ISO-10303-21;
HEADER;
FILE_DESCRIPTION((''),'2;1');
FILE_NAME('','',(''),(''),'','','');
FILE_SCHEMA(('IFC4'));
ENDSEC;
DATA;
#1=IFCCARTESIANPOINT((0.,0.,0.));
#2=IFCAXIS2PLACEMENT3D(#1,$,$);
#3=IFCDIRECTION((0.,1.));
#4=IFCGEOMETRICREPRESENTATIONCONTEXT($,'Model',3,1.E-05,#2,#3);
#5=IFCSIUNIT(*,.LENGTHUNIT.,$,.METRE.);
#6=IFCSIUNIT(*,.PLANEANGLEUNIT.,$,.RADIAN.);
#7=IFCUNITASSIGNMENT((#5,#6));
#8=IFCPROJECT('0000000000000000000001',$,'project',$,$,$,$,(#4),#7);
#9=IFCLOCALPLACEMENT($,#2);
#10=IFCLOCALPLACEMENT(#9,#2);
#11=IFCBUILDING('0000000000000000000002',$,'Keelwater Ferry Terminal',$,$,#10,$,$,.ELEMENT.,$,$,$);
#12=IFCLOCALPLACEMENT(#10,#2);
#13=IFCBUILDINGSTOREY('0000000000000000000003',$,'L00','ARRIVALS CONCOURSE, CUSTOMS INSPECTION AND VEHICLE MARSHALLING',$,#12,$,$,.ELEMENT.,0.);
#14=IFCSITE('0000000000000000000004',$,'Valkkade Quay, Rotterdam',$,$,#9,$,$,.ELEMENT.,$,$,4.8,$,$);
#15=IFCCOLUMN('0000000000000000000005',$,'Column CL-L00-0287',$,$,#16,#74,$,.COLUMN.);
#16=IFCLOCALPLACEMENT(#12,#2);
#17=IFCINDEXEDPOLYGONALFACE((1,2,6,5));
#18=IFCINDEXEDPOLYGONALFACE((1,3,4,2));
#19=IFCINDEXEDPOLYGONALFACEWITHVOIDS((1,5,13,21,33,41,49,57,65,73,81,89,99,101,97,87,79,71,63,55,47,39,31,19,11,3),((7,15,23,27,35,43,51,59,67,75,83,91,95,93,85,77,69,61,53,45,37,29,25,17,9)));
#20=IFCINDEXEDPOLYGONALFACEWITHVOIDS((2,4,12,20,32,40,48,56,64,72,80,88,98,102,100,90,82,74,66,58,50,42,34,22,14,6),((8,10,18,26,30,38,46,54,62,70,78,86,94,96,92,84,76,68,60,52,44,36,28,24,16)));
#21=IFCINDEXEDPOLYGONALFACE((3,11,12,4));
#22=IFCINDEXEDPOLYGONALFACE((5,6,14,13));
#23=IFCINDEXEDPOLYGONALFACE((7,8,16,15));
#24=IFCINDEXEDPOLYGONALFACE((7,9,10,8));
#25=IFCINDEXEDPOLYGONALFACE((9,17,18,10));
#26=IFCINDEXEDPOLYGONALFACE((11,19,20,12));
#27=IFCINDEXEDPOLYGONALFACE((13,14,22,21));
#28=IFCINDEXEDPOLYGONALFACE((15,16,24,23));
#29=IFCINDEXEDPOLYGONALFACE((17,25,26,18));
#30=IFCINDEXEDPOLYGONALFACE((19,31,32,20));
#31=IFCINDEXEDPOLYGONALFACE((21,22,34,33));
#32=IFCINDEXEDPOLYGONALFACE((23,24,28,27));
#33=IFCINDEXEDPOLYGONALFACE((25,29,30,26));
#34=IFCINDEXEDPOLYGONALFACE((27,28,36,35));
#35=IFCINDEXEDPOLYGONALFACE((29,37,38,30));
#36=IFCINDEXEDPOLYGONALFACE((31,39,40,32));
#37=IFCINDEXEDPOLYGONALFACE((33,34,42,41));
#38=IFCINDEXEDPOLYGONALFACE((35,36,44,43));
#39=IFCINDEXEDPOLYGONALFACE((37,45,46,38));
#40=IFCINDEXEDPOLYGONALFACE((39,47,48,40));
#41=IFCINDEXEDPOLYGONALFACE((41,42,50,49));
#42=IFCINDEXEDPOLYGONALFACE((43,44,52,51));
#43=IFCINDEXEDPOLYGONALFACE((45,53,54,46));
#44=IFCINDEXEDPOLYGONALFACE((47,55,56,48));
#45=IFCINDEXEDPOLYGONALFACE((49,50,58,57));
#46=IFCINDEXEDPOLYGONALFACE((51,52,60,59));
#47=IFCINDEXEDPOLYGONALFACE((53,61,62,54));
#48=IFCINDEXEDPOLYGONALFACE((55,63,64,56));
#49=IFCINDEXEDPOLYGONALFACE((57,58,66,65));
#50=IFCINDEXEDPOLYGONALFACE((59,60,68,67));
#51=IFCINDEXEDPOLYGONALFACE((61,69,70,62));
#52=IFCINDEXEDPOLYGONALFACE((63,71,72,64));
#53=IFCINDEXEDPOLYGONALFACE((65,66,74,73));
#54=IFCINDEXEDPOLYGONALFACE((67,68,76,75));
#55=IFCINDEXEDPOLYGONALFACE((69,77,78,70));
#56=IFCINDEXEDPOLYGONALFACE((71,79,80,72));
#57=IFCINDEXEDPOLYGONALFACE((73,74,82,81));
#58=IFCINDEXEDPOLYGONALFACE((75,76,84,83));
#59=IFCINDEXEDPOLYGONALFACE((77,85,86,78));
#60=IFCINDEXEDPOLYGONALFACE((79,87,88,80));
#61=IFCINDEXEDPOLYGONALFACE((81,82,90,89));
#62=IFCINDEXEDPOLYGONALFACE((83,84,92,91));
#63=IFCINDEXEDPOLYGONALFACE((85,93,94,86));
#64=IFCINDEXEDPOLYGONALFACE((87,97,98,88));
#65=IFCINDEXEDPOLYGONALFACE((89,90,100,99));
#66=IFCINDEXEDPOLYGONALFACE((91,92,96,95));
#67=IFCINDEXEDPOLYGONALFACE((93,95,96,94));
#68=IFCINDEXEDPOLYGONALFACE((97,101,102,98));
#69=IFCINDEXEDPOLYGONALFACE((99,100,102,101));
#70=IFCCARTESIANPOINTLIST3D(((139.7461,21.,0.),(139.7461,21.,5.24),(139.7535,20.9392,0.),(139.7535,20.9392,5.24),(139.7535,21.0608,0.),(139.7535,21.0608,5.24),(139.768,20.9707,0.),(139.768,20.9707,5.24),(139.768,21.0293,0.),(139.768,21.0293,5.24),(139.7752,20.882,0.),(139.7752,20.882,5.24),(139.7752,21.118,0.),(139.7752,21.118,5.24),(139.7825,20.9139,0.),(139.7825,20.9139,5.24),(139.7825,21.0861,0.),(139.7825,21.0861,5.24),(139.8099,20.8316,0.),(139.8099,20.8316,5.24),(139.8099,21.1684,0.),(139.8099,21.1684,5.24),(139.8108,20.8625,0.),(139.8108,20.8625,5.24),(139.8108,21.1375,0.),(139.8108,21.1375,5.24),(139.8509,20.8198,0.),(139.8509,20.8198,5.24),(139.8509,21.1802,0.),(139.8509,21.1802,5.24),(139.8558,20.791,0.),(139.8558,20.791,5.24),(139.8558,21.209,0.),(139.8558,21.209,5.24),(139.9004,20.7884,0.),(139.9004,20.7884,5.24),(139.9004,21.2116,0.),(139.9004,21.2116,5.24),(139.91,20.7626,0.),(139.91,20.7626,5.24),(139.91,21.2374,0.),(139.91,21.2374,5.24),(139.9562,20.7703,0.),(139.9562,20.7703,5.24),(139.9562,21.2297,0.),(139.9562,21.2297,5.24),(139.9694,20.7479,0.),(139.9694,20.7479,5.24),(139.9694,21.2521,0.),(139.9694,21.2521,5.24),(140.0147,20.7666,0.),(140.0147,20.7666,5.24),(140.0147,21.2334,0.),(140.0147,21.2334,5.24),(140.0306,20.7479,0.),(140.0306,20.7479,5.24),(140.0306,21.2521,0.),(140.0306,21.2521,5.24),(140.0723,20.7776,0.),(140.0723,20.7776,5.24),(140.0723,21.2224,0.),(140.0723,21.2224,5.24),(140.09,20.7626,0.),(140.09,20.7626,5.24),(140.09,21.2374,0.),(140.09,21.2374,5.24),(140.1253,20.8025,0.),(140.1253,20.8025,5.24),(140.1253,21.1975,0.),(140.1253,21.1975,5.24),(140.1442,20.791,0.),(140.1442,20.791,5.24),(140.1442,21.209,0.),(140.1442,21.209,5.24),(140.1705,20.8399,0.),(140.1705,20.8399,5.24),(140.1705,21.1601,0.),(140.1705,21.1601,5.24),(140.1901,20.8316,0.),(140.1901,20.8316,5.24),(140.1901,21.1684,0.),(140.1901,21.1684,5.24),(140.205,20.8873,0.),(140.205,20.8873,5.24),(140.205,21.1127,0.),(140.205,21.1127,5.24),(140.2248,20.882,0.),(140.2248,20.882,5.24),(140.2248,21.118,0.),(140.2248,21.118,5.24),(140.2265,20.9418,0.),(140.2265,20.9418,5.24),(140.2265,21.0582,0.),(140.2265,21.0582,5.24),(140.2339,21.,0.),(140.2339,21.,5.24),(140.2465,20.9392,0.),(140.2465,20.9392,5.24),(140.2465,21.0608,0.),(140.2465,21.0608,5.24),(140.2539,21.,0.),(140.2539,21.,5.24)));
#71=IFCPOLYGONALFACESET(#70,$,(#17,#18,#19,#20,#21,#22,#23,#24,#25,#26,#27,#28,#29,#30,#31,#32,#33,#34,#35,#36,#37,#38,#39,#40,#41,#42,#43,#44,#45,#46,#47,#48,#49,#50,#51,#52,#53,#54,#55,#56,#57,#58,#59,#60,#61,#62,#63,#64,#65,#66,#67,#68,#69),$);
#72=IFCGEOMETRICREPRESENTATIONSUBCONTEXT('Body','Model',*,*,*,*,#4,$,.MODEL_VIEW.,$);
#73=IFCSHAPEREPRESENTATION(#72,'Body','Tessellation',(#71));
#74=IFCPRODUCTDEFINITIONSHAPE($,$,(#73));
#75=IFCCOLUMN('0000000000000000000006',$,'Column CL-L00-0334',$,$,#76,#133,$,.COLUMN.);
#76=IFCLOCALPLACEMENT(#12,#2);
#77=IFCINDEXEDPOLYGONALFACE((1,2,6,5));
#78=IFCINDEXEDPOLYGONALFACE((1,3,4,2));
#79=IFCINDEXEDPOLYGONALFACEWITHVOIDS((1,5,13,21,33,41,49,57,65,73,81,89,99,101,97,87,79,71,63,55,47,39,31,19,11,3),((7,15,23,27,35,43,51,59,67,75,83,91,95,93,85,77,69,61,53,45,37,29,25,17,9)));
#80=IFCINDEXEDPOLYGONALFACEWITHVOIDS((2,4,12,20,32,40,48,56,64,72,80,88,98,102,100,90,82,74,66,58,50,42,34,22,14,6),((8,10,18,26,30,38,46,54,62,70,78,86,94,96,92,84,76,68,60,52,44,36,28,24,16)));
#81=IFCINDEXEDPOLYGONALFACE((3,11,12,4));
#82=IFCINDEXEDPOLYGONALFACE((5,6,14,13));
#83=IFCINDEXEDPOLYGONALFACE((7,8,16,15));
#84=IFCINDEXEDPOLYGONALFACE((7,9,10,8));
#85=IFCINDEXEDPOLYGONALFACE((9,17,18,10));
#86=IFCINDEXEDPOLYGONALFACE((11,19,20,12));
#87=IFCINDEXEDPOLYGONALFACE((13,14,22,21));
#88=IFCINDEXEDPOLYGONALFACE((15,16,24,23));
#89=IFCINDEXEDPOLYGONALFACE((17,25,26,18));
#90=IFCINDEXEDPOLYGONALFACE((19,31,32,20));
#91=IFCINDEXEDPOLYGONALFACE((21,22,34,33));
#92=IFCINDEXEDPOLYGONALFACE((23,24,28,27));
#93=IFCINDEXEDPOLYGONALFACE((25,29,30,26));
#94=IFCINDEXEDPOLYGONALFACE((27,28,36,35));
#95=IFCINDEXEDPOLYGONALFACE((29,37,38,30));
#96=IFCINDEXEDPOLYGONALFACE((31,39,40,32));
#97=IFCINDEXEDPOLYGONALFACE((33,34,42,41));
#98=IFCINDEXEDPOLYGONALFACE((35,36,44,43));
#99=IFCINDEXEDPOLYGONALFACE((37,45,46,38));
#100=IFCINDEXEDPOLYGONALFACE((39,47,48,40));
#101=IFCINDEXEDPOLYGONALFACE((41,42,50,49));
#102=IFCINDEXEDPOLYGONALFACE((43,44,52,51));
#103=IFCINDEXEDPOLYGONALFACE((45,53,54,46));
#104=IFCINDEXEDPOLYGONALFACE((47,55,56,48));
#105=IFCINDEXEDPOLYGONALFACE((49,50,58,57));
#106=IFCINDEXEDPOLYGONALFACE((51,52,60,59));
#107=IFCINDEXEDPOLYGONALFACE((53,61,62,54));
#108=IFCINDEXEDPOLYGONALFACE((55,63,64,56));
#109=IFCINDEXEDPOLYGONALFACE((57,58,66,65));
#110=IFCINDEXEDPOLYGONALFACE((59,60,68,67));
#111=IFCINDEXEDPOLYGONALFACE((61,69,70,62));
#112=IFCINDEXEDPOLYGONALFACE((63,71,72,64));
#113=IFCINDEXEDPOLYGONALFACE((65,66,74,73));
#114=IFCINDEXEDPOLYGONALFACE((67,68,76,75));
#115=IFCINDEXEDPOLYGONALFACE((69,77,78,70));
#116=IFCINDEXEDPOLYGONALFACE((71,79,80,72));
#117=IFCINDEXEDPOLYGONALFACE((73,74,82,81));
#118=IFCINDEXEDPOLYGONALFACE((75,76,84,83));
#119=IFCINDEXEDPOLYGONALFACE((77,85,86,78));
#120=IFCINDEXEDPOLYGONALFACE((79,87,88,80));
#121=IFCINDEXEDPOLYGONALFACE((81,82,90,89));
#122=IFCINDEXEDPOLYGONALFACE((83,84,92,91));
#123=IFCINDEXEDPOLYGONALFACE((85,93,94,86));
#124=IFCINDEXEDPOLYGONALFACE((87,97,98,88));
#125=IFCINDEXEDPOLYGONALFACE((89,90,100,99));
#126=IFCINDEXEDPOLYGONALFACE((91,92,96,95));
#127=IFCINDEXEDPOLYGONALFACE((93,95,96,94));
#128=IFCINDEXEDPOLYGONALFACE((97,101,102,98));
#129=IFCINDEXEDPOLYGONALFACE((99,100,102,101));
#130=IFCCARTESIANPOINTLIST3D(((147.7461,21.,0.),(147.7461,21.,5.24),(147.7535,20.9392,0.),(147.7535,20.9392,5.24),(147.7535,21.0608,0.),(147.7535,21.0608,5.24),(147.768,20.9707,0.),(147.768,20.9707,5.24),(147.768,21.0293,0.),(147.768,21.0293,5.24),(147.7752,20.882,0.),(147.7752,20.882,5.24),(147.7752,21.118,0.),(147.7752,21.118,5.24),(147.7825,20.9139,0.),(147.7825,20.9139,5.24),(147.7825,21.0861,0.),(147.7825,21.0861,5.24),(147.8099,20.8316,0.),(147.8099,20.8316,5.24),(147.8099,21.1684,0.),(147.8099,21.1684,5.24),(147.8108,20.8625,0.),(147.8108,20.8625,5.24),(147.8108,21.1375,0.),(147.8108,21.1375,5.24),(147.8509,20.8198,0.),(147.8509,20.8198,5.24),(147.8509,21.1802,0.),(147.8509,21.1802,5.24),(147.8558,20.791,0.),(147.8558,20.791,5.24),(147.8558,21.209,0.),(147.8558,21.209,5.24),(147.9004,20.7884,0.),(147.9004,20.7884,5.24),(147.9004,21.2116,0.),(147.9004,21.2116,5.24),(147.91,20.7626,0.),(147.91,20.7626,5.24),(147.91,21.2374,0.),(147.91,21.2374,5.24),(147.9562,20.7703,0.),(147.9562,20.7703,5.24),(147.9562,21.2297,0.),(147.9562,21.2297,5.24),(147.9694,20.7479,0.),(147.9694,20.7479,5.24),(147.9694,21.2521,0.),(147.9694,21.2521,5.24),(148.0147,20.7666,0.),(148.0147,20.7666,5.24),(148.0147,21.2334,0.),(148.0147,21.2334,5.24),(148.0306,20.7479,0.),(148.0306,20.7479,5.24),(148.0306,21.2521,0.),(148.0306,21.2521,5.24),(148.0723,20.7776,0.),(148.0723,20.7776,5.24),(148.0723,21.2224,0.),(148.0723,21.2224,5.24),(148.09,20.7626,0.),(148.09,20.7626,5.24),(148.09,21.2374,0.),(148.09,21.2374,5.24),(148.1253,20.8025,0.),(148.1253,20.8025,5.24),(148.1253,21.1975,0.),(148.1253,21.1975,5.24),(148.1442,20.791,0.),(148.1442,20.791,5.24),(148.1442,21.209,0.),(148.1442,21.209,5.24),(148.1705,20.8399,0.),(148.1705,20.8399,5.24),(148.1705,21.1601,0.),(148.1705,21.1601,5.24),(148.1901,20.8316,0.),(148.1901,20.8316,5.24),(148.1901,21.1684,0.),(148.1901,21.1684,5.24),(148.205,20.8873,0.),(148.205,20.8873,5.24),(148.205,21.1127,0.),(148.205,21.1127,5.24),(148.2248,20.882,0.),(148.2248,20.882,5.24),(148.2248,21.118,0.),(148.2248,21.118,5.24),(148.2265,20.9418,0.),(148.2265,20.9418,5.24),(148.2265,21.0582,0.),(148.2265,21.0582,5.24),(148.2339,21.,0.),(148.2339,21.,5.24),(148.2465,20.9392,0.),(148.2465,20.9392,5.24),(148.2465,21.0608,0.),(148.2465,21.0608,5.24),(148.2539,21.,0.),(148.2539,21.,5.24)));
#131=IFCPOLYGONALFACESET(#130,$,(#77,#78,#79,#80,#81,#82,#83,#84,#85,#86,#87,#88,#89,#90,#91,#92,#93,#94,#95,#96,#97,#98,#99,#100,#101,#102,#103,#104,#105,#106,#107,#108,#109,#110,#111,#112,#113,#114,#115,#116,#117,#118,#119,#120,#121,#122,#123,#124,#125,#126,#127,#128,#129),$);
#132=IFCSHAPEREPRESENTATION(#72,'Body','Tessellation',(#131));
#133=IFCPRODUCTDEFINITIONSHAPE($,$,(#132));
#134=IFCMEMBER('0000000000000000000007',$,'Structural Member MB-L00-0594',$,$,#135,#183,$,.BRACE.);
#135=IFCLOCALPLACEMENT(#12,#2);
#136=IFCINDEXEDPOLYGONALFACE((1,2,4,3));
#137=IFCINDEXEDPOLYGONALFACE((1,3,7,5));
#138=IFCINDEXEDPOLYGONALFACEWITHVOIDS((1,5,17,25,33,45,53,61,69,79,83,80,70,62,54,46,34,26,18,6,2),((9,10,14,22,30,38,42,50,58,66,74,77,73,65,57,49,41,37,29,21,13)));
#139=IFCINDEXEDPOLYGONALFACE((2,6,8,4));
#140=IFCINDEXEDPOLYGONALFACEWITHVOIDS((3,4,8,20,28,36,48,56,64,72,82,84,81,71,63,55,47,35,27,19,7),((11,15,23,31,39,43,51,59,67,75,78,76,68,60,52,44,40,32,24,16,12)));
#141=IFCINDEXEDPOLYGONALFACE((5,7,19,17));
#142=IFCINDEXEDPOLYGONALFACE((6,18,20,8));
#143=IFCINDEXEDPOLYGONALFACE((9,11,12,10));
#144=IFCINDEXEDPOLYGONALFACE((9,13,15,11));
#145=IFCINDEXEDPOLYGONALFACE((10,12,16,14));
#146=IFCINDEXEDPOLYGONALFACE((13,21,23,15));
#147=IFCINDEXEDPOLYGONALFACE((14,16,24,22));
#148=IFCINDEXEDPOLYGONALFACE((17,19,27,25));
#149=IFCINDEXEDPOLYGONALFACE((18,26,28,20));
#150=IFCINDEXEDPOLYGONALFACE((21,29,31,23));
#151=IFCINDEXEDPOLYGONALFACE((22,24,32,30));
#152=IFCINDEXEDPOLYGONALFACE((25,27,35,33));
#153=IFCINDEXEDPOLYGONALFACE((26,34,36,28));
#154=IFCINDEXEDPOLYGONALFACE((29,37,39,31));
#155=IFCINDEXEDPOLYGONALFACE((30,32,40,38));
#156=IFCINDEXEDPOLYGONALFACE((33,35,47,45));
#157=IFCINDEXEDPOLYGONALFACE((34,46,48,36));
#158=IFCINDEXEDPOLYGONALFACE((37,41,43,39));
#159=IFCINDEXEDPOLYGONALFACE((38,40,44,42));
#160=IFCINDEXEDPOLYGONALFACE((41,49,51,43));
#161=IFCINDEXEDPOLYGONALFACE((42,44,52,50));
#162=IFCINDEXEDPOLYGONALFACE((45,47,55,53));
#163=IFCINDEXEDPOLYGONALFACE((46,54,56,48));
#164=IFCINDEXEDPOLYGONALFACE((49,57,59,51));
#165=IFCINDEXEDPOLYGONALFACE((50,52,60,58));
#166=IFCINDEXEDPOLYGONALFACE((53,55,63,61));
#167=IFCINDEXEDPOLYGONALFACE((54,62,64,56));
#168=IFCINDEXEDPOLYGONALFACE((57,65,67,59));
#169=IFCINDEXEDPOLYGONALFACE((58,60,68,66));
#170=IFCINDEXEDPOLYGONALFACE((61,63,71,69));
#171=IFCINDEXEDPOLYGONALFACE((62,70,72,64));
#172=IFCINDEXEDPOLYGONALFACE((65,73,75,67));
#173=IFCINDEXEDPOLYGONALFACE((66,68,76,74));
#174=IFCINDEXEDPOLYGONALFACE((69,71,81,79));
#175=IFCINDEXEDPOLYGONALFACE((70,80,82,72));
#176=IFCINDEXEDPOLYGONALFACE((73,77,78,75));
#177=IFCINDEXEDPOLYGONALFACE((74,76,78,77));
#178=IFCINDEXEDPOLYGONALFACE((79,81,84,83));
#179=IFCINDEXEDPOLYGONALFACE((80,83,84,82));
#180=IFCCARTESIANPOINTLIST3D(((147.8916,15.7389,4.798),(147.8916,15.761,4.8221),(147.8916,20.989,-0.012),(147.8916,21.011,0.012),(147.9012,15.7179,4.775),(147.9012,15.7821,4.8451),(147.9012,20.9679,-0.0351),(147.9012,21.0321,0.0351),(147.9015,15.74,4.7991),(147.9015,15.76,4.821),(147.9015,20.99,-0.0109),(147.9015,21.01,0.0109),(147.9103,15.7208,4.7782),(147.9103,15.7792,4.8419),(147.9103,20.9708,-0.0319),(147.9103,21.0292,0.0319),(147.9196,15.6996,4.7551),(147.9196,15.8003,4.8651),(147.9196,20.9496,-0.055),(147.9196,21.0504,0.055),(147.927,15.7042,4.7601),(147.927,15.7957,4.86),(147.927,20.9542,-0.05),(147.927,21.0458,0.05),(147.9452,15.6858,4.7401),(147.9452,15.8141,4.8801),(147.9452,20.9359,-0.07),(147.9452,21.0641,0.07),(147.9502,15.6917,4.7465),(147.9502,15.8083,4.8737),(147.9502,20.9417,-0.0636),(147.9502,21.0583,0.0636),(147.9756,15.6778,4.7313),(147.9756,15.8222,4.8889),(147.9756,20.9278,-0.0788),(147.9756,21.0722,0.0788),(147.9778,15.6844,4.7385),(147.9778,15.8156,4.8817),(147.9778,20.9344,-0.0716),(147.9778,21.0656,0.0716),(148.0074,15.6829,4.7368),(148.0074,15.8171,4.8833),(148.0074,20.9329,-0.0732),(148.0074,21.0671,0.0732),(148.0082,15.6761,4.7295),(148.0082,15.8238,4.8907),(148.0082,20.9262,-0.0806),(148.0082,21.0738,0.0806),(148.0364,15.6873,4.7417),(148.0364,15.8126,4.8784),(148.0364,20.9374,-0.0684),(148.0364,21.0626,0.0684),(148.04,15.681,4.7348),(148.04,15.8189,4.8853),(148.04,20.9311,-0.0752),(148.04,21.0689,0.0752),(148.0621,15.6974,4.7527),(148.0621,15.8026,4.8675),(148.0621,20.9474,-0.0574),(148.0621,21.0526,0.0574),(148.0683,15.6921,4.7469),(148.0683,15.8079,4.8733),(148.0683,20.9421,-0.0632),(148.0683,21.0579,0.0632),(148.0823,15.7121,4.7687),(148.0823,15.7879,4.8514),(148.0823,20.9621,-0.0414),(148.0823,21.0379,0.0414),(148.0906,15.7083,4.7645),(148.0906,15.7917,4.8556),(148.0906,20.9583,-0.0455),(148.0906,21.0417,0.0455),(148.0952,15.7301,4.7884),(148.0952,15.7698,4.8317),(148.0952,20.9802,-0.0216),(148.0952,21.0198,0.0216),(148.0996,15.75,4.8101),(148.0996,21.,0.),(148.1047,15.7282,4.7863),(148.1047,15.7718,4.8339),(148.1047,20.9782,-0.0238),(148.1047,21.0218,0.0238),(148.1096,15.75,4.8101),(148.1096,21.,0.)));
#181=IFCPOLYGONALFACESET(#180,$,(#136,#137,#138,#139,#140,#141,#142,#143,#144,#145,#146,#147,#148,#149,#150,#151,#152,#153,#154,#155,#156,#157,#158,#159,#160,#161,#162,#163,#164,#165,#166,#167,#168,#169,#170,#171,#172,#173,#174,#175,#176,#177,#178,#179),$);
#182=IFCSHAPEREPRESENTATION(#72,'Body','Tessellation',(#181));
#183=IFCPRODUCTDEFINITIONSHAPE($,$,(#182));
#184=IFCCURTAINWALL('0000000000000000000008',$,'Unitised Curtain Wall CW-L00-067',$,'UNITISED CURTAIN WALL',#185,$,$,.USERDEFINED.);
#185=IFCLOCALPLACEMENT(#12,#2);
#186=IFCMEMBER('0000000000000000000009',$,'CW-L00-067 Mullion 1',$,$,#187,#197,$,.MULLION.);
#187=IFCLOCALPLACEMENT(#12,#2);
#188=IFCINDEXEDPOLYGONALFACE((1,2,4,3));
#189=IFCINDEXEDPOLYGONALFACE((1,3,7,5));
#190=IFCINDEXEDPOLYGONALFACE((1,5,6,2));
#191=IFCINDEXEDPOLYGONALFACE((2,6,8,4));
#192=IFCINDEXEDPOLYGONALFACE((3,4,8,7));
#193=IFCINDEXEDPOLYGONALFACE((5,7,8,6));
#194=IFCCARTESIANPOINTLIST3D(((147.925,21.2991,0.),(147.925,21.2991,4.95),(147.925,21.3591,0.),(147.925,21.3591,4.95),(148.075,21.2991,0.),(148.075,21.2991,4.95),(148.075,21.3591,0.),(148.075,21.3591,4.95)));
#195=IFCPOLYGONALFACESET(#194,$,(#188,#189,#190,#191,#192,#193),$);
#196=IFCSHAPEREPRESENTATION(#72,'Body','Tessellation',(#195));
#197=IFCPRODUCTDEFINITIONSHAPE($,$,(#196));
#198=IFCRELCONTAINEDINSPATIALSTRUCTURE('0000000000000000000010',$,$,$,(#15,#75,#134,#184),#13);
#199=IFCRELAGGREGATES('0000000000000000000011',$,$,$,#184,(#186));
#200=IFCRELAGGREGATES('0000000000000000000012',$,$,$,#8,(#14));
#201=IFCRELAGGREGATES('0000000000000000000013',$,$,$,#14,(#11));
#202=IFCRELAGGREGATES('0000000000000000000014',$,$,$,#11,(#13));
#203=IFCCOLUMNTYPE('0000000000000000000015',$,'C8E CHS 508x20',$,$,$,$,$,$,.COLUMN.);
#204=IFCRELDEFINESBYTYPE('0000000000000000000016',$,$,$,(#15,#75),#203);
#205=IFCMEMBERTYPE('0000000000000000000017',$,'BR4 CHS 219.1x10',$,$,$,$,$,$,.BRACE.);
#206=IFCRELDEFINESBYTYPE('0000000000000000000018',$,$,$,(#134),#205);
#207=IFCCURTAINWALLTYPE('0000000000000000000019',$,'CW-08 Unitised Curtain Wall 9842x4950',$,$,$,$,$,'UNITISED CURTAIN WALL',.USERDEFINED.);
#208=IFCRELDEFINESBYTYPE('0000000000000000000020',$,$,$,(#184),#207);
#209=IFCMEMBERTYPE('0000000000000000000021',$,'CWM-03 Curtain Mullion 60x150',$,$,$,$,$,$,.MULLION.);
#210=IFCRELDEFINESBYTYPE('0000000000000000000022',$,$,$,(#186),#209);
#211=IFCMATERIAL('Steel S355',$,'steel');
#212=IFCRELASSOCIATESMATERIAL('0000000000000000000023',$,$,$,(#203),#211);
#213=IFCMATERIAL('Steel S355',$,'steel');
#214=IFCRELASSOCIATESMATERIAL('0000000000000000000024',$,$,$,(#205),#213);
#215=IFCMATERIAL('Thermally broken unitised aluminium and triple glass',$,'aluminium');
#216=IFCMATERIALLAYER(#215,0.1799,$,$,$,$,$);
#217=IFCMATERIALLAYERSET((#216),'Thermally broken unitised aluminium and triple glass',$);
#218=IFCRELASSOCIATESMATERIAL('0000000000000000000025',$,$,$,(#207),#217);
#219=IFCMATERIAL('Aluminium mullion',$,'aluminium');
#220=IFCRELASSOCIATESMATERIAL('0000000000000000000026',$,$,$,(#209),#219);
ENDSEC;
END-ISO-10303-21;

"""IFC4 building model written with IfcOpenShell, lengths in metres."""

from ifc_helpers import new_model, si_unit, direction, frame, origin, origin_2d, place, context, subcontext, project, spatial, rectangle, hollow_circle, extrude, material, layer, layer_set, material_profile, profile_set, type_object, element, aggregate, save


model = new_model("IFC4")

# Units and contexts
model_context = context("Model", 3, precision=1e-05, world=origin(), true_north=direction((0.0, 1.0)))
body_context = subcontext(model_context, "Body", "Model", "MODEL_VIEW")
ifc_project = project(units=[si_unit("LENGTHUNIT", "METRE"), si_unit("PLANEANGLEUNIT", "RADIAN")], contexts=[model_context])

# Site, building, storey
site_placement = place(None, origin())
site = spatial("IfcSite", under=ifc_project, at=site_placement, Name="Valkkade Quay, Rotterdam", CompositionType="ELEMENT", RefElevation=4.8)
building_placement = place(site_placement, origin())
building = spatial("IfcBuilding", under=site, at=building_placement, Name="Keelwater Ferry Terminal", CompositionType="ELEMENT")
storey_placement = place(building_placement, origin())
storey = spatial("IfcBuildingStorey", under=building, at=storey_placement, Name="L00", Description="ARRIVALS CONCOURSE, CUSTOMS INSPECTION AND VEHICLE MARSHALLING", CompositionType="ELEMENT", Elevation=0.0)

# Columns
ifc_material_1 = material(Name="Steel S355", Category="steel")
ifc_material_profile_1 = material_profile(ifc_material_1, hollow_circle(Radius=0.2539, WallThickness=0.02, at=origin_2d()), Name="CHS 508x20")
ifc_profile_set_1 = profile_set([ifc_material_profile_1], Name="Steel S355")
column_type = type_object("IfcColumnType", Name="C8E CHS 508x20", PredefinedType="COLUMN", material=ifc_profile_set_1)
for number, where, z_axis, x_axis, name in (
    (1, (140.0, 21.0, 0.0), (0.0, 0.0, 1.0), (1.0, 0.0, 0.0), "Column CL-L00-0287"),
    (2, (148.0, 21.0, 0.0), (0.0, 0.0, 1.0), (1.0, 0.0, 0.0), "Column CL-L00-0334"),
):
    element("IfcColumn", number, at=place(storey_placement, frame(where, z_axis=z_axis, x_axis=x_axis)), inside=storey, type_object=column_type, Name=name, PredefinedType="COLUMN", context=body_context, shape_type="SweptSolid", body=[
        extrude(hollow_circle(Radius=0.2539, WallThickness=0.02, at=origin_2d()), origin(), (0.0, 0.0, 1.0), 5.24),
    ])

# Member
ifc_material_2 = material(Name="Steel S355", Category="steel")
ifc_material_profile_2 = material_profile(ifc_material_2, hollow_circle(Radius=0.1096, WallThickness=0.01, at=origin_2d()), Name="CHS 219.1x10")
ifc_profile_set_2 = profile_set([ifc_material_profile_2], Name="Steel S355")
member_type_1 = type_object("IfcMemberType", Name="BR4 CHS 219.1x10", PredefinedType="BRACE", material=ifc_profile_set_2)
member_1_placement = place(storey_placement, frame((148.0, 21.0, 0.0), z_axis=(0.0, -0.737325, 0.675538), x_axis=(1.0, 0.0, 0.0)))
element("IfcMember", 3, at=member_1_placement, inside=storey, type_object=member_type_1, Name="Structural Member MB-L00-0594", PredefinedType="BRACE", context=body_context, shape_type="SweptSolid", body=[
    extrude(hollow_circle(Radius=0.1096, WallThickness=0.01, at=origin_2d()), origin(), (0.0, 0.0, 1.0), 7.1204),
])

# Curtain wall, member
ifc_material_3 = material(Name="Thermally broken unitised aluminium and triple glass", Category="aluminium")
ifc_layer_1 = layer(ifc_material_3, 0.1799)
ifc_layer_set_1 = layer_set([ifc_layer_1], Name="Thermally broken unitised aluminium and triple glass")
curtain_wall_type = type_object("IfcCurtainWallType", Name="CW-08 Unitised Curtain Wall 9842x4950", ElementType="UNITISED CURTAIN WALL", PredefinedType="USERDEFINED", material=ifc_layer_set_1)
curtain_wall_placement = place(storey_placement, origin())
curtain_wall = element("IfcCurtainWall", 4, at=curtain_wall_placement, inside=storey, type_object=curtain_wall_type, Name="Unitised Curtain Wall CW-L00-067", ObjectType="UNITISED CURTAIN WALL", PredefinedType="USERDEFINED")
ifc_material_4 = material(Name="Aluminium mullion", Category="aluminium")
ifc_material_profile_3 = material_profile(ifc_material_4, rectangle(XDim=0.0601, YDim=0.1499, at=origin_2d()), Name="CWM-03")
ifc_profile_set_3 = profile_set([ifc_material_profile_3], Name="Aluminium mullion")
member_type_2 = type_object("IfcMemberType", Name="CWM-03 Curtain Mullion 60x150", PredefinedType="MULLION", material=ifc_profile_set_3)
member_2_placement = place(storey_placement, frame((148.0, 21.3291, 0.0), z_axis=(0.0, 0.0, 1.0), x_axis=(0.0, 1.0, 0.0)))
member_2 = element("IfcMember", 5, at=member_2_placement, type_object=member_type_2, Name="CW-L00-067 Mullion 1", PredefinedType="MULLION", context=body_context, shape_type="SweptSolid", body=[
    extrude(rectangle(XDim=0.0601, YDim=0.1499, at=origin_2d()), origin(), (0.0, 0.0, 1.0), 4.95),
])
aggregate(curtain_wall, [member_2])

save(model, "model.ifc")
